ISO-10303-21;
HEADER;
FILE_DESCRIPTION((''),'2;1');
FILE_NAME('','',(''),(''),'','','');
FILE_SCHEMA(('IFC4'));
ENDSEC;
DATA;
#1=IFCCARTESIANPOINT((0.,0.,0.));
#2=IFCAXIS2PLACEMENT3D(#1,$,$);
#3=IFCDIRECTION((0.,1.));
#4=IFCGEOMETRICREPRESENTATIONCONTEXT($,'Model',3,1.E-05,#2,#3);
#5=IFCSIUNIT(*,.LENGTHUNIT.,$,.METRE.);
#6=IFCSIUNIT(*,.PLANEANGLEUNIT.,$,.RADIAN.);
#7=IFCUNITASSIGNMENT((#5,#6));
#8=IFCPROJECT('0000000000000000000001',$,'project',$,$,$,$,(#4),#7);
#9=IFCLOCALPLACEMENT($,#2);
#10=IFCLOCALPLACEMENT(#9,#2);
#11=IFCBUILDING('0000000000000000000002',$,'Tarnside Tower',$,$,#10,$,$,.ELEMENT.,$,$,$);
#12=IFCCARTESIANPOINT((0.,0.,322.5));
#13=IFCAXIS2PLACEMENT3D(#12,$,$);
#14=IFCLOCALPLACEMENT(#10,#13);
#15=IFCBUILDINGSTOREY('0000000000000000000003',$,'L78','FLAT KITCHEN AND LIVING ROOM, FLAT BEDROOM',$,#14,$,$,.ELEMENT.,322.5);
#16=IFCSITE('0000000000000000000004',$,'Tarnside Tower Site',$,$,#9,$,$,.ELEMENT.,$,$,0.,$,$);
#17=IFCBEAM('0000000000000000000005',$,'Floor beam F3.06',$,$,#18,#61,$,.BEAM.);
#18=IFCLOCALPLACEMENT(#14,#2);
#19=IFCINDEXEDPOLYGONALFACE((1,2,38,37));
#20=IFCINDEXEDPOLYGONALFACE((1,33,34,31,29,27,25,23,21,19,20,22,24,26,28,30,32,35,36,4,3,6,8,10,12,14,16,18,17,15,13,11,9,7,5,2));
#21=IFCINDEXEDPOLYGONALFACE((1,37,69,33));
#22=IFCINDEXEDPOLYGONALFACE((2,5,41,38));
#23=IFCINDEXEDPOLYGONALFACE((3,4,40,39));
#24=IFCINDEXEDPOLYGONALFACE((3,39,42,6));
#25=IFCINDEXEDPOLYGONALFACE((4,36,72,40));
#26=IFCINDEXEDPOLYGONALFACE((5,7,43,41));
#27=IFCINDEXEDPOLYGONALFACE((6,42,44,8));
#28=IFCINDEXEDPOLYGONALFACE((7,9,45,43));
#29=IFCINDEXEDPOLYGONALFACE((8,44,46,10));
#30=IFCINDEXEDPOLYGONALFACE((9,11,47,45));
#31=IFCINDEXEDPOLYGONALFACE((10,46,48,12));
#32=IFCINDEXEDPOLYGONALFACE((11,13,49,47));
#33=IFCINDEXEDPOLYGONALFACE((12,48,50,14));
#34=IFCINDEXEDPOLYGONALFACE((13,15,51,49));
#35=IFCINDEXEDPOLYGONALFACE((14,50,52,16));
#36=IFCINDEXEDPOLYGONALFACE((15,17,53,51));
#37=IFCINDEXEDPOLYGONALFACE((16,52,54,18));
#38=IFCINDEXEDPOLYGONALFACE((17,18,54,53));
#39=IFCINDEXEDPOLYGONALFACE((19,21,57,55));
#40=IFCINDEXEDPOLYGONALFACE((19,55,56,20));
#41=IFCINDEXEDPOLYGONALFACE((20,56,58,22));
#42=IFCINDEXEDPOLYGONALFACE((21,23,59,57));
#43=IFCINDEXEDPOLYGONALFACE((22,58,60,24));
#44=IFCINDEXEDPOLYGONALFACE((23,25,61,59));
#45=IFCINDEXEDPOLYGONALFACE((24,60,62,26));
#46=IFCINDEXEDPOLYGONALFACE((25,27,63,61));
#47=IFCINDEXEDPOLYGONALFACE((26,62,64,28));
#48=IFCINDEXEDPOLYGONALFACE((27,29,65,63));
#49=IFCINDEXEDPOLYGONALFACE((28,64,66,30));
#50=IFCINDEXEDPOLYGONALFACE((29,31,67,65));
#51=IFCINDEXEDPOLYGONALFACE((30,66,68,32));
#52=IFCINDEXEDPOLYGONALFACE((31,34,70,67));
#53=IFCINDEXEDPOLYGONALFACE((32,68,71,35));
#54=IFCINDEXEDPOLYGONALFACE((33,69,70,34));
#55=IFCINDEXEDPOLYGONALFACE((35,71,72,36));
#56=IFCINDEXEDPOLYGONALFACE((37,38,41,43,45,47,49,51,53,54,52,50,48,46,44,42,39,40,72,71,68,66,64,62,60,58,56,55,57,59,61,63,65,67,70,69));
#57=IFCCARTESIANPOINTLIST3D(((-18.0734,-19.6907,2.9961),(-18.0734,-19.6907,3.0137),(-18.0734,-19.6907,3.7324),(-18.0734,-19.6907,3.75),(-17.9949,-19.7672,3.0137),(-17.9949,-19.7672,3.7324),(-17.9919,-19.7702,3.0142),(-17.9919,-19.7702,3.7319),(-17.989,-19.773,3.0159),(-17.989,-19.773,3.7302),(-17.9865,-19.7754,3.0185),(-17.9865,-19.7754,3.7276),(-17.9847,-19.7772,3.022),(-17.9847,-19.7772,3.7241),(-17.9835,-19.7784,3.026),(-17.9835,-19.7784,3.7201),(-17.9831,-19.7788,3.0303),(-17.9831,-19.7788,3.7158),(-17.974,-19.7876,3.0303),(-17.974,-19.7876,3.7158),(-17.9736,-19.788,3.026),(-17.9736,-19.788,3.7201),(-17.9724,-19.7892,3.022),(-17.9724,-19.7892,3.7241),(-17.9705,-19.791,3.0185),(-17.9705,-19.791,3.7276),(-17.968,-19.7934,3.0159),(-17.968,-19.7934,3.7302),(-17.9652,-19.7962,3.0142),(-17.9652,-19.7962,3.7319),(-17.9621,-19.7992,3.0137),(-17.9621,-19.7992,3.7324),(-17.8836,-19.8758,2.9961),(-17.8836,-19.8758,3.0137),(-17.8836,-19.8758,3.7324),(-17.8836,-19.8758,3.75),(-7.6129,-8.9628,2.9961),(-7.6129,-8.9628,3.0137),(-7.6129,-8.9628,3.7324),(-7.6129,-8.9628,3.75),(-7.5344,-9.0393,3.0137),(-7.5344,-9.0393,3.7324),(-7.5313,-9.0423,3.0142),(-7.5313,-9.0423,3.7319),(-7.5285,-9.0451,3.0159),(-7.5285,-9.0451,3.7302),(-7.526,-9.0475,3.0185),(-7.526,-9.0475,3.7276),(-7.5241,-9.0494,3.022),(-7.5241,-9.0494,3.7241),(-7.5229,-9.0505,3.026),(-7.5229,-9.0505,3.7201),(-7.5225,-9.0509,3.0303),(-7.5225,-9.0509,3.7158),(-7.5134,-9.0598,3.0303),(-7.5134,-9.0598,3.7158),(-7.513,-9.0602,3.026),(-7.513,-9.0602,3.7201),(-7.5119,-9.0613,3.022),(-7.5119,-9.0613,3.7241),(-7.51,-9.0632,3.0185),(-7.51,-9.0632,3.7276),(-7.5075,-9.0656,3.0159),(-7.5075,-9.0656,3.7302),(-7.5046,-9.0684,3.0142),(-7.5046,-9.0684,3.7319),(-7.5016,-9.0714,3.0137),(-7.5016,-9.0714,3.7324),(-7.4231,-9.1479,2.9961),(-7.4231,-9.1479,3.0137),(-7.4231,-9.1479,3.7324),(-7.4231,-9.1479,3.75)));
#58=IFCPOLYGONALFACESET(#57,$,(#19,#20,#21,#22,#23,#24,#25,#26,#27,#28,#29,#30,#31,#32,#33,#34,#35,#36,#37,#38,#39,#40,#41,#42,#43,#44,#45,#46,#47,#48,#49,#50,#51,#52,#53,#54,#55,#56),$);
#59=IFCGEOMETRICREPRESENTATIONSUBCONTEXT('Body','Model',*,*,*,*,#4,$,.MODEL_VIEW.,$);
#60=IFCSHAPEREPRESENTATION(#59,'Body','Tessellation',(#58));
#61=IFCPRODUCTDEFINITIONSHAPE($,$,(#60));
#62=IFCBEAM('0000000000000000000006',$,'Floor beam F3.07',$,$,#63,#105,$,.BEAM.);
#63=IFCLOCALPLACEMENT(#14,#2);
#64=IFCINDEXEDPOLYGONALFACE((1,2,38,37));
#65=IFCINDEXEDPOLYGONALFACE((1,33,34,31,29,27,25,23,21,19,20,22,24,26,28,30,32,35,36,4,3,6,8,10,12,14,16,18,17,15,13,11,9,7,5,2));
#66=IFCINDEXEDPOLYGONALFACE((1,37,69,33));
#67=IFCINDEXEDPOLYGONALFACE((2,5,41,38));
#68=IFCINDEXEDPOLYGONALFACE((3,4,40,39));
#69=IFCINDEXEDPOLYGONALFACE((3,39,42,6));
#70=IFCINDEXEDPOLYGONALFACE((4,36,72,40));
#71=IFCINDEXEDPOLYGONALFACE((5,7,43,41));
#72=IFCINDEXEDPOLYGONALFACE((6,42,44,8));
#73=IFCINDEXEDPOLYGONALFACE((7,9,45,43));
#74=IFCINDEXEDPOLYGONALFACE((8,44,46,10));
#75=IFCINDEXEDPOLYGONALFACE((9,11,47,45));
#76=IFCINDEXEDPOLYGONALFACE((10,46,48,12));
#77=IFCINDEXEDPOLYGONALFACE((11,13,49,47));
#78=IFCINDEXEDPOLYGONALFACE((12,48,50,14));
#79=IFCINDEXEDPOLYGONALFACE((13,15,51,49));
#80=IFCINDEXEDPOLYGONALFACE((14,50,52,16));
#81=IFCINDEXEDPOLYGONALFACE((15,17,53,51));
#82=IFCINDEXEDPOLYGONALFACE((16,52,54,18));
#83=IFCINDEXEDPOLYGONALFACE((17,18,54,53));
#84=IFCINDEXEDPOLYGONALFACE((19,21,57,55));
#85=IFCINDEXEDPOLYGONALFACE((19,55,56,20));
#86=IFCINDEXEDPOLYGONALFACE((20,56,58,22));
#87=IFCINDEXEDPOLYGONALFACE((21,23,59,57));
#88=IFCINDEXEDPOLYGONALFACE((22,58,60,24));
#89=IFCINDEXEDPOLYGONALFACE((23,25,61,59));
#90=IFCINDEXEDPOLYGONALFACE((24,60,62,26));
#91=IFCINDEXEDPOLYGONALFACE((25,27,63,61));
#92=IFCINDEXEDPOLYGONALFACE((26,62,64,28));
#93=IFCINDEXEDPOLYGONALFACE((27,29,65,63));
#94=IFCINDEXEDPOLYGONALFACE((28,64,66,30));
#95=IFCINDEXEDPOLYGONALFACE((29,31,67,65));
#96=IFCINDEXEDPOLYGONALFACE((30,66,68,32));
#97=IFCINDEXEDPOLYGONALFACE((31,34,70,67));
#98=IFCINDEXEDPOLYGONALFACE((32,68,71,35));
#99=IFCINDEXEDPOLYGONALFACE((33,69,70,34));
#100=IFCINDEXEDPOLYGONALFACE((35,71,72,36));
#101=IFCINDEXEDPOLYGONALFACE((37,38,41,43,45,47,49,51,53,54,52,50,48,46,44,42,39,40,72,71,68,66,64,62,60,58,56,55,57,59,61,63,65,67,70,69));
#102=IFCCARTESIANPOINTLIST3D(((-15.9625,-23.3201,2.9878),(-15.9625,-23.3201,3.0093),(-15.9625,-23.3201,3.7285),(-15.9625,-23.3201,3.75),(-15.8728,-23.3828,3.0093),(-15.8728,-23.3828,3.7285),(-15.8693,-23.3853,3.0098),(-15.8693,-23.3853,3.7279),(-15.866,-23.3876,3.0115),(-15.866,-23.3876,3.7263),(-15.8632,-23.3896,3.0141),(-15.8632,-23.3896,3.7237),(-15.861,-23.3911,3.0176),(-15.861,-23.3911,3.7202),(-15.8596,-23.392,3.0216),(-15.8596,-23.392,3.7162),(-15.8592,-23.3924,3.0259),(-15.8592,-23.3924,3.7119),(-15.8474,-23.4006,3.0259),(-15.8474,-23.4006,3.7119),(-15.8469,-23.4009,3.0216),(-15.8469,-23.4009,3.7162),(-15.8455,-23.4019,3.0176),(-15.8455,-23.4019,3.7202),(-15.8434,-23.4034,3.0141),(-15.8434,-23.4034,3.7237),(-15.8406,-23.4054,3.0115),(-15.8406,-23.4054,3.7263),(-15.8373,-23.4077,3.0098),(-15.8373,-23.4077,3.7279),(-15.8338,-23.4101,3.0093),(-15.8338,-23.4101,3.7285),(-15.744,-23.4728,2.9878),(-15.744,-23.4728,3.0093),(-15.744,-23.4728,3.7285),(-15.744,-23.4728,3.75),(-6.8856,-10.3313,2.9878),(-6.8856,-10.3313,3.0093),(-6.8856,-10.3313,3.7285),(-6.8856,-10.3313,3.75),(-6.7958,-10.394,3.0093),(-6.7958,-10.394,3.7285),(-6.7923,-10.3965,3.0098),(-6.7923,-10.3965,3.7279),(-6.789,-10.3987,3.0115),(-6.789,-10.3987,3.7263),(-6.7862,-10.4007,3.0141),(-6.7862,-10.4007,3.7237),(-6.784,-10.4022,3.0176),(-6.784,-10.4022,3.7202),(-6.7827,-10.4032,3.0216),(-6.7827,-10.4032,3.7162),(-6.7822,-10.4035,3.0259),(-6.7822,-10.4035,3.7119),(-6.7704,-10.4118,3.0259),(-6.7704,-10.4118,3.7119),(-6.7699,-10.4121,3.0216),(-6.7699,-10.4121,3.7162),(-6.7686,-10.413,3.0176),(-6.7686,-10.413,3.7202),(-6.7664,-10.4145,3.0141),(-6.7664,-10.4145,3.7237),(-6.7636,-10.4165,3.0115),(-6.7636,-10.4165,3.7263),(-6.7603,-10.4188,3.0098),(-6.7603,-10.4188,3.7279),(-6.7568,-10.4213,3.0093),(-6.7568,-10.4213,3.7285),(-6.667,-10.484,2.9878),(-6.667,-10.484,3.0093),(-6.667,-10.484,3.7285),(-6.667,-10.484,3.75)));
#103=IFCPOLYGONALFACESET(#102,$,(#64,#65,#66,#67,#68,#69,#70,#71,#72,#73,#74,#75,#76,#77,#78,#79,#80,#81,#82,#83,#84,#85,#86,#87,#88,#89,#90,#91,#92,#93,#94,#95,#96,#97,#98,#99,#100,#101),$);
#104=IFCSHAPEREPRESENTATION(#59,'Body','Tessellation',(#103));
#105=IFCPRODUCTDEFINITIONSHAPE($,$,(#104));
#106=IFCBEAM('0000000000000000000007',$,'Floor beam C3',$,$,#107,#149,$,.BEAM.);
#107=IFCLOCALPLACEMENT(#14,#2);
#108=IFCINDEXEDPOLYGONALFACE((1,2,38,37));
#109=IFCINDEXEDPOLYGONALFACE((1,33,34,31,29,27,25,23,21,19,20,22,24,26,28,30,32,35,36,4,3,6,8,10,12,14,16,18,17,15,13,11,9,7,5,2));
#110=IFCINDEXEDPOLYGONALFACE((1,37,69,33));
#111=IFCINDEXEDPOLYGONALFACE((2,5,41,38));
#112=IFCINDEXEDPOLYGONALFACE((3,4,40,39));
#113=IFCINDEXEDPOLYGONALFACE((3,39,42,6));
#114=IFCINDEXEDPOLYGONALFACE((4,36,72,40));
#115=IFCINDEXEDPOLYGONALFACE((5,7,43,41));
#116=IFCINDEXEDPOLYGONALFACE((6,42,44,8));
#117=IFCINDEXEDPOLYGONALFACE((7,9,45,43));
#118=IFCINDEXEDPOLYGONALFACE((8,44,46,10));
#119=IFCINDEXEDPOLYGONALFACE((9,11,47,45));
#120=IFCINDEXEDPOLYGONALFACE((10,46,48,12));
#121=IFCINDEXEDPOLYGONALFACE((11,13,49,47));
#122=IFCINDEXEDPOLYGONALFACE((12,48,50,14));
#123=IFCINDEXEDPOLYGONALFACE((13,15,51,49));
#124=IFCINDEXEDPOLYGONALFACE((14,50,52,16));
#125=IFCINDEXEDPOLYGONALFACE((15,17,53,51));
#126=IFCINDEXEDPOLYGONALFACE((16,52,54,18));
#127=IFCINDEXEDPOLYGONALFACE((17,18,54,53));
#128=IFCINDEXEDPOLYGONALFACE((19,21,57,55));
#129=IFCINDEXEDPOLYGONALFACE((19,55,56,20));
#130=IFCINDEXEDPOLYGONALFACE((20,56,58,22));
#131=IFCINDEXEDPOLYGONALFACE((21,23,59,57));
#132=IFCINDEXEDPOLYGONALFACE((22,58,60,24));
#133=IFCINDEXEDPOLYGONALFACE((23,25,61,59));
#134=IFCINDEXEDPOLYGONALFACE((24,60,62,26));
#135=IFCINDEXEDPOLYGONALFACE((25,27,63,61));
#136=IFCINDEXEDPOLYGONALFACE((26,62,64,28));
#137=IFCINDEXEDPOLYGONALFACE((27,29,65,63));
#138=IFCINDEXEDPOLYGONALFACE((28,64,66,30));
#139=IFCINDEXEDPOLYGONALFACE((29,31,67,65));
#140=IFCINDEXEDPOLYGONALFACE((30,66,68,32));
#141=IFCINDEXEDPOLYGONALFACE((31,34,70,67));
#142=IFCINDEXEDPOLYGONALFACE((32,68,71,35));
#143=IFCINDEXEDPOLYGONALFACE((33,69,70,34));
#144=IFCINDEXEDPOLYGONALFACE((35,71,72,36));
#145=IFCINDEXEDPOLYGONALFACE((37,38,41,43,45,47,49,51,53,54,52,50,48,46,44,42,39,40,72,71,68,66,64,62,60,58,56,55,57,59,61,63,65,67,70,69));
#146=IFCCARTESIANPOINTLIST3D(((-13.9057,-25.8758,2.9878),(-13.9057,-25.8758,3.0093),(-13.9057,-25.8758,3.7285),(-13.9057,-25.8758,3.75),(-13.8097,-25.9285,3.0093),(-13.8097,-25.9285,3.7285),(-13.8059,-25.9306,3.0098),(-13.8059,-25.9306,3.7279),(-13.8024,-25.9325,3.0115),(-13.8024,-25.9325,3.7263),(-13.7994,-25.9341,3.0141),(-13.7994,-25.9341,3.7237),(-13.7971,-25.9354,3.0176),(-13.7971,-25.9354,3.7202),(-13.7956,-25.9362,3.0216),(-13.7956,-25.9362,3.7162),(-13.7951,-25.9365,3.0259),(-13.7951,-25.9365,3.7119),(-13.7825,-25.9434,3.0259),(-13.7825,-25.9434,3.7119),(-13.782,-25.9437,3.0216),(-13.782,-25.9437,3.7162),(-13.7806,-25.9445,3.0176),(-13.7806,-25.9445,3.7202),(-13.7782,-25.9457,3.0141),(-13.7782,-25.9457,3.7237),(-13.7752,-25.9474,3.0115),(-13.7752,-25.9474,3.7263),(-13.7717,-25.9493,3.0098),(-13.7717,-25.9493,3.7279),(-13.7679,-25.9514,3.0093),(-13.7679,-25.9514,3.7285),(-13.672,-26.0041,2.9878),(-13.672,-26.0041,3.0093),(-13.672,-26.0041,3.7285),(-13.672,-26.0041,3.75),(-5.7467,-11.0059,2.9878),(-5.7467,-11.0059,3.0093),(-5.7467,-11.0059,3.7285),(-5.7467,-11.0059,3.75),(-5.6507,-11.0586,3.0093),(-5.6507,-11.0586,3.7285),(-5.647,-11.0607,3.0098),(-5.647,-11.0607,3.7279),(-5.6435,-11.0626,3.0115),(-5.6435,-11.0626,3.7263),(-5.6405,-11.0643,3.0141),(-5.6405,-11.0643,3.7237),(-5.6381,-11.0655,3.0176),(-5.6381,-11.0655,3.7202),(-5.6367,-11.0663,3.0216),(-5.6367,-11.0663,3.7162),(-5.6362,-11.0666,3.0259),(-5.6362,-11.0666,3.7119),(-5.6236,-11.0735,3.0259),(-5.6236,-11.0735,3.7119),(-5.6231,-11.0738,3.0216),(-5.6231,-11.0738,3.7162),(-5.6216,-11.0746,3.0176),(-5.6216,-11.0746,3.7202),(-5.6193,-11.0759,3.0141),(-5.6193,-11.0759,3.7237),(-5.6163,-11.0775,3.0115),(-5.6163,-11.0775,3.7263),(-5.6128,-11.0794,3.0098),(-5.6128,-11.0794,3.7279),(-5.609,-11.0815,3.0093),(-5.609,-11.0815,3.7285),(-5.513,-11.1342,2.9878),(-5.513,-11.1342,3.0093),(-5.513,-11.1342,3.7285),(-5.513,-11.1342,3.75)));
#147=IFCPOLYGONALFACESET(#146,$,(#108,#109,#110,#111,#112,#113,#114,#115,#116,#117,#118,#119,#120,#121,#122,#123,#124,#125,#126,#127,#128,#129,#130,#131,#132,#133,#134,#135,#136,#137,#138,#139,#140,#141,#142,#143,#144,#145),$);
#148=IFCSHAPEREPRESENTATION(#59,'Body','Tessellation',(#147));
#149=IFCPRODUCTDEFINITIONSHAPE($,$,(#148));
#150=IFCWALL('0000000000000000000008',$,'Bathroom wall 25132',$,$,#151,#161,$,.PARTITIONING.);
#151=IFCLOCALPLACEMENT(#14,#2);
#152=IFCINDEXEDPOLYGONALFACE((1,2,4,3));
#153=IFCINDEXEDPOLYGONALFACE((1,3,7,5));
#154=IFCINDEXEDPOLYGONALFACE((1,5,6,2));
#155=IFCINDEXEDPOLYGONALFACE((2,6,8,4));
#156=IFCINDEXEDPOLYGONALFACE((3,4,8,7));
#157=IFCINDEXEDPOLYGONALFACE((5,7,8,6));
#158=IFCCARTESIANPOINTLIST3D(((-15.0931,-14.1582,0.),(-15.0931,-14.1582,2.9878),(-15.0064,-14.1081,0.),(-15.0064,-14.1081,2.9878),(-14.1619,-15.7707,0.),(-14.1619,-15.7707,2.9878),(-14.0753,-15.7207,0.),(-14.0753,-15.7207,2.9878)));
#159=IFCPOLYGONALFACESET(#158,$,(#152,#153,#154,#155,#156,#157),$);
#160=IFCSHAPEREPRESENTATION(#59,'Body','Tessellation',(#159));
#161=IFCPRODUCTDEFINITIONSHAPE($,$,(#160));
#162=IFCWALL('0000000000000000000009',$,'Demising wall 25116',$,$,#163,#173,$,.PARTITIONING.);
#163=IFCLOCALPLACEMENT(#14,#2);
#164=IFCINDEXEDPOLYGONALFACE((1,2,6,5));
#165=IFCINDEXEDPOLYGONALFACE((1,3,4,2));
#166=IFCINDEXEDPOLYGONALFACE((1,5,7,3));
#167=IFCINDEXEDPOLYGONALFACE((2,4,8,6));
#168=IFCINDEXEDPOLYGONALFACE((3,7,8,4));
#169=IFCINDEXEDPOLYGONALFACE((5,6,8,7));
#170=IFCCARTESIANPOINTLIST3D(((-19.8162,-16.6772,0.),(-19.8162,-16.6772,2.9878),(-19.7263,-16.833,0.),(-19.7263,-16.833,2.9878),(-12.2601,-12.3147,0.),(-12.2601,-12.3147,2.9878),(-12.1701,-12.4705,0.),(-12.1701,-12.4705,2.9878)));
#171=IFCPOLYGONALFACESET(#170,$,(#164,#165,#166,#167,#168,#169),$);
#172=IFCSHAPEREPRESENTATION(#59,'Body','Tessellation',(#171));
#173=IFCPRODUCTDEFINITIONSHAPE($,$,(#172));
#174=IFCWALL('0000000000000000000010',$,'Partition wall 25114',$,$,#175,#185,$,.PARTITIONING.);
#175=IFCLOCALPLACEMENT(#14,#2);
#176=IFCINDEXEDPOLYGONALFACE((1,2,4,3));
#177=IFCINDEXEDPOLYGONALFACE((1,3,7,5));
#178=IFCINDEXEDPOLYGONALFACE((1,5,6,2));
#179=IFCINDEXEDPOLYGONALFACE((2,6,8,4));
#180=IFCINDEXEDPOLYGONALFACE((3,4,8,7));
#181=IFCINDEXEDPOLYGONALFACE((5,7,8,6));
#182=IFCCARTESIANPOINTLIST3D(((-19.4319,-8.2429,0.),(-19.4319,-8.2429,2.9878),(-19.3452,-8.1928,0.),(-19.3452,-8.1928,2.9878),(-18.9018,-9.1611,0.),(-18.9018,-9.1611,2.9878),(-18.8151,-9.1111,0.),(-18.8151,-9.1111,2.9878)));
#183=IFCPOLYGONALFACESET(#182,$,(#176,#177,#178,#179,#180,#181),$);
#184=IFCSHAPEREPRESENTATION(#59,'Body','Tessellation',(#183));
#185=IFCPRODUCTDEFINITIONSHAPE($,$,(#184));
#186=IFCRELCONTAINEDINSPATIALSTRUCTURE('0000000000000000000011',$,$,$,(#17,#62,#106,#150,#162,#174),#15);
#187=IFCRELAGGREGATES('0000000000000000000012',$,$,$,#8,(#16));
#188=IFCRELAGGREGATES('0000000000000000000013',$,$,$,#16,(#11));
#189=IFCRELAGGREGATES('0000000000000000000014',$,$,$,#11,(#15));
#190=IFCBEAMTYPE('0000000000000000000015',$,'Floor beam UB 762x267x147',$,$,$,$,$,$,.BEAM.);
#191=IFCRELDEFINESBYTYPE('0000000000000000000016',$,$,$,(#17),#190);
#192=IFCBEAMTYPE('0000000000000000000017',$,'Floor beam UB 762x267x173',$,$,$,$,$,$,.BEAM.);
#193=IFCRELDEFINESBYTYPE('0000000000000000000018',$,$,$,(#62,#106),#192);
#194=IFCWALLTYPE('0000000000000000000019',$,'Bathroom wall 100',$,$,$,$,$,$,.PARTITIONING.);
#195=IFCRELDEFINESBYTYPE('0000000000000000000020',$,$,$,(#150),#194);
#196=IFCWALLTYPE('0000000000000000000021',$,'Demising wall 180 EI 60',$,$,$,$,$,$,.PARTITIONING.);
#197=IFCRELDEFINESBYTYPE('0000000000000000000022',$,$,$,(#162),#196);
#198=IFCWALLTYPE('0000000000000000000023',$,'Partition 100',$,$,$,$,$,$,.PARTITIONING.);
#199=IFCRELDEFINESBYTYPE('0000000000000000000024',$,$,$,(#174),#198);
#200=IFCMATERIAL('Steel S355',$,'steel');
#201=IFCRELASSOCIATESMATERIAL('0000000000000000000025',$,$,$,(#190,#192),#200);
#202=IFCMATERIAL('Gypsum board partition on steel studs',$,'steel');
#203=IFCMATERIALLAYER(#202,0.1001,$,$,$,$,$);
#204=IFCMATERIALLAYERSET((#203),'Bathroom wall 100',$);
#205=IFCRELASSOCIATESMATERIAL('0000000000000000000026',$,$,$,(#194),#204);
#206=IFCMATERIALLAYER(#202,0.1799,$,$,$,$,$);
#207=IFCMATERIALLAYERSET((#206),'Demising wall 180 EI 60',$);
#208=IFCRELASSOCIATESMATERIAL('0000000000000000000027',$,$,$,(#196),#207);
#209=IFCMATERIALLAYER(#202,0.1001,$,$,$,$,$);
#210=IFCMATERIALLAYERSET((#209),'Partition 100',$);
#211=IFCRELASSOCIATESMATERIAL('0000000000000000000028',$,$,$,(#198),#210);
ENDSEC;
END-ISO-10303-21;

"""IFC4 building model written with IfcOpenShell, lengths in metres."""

from ifc_helpers import new_model, si_unit, direction, frame, frame_2d, origin, origin_2d, place, context, subcontext, project, spatial, rectangle, i_section, extrude, material, layer, layer_set, material_profile, profile_set, type_object, element, save


model = new_model("IFC4")

# Units and contexts
model_context = context("Model", 3, precision=1e-05, world=origin(), true_north=direction((0.0, 1.0)))
body_context = subcontext(model_context, "Body", "Model", "MODEL_VIEW")
ifc_project = project(units=[si_unit("LENGTHUNIT", "METRE"), si_unit("PLANEANGLEUNIT", "RADIAN")], contexts=[model_context])

# Site, building, storey
site_placement = place(None, origin())
site = spatial("IfcSite", under=ifc_project, at=site_placement, Name="Tarnside Tower Site", CompositionType="ELEMENT", RefElevation=0.0)
building_placement = place(site_placement, origin())
building = spatial("IfcBuilding", under=site, at=building_placement, Name="Tarnside Tower", CompositionType="ELEMENT")
storey_placement = place(building_placement, frame((0.0, 0.0, 322.5)))
storey = spatial("IfcBuildingStorey", under=building, at=storey_placement, Name="L78", Description="FLAT KITCHEN AND LIVING ROOM, FLAT BEDROOM", CompositionType="ELEMENT", Elevation=322.5)

# Beams
ifc_material_1 = material(Name="Steel S355", Category="steel")
ifc_material_profile_1 = material_profile(ifc_material_1, i_section(OverallWidth=0.2651, OverallDepth=0.7539, WebThickness=0.0127, FlangeThickness=0.0176, FilletRadius=0.0166, at=origin_2d()), Name="UB 762x267x147")
ifc_profile_set_1 = profile_set([ifc_material_profile_1], Name="Steel S355")
beam_type_1 = type_object("IfcBeamType", Name="Floor beam UB 762x267x147", PredefinedType="BEAM", material=ifc_profile_set_1)
beam_1_placement = place(storey_placement, frame((-17.9785, -19.7832, 3.373), z_axis=(0.69813, 0.715971, 0.0), x_axis=(-0.715971, 0.69813, 0.0)))
element("IfcBeam", 1, at=beam_1_placement, inside=storey, type_object=beam_type_1, Name="Floor beam F3.06", PredefinedType="BEAM", context=body_context, shape_type="SweptSolid", body=[
    extrude(i_section(OverallWidth=0.2651, OverallDepth=0.7539, WebThickness=0.0127, FlangeThickness=0.0176, FilletRadius=0.0166, at=origin_2d()), origin(), (0.0, 0.0, 1.0), 14.9836),
])
ifc_material_profile_2 = material_profile(ifc_material_1, i_section(OverallWidth=0.2666, OverallDepth=0.7622, WebThickness=0.0144, FlangeThickness=0.0215, FilletRadius=0.0166, at=origin_2d()), Name="UB 762x267x173")
ifc_profile_set_2 = profile_set([ifc_material_profile_2], Name="Steel S355")
beam_type_2 = type_object("IfcBeamType", Name="Floor beam UB 762x267x173", PredefinedType="BEAM", material=ifc_profile_set_2)
beam_2_placement = place(storey_placement, frame((-15.8533, -23.3965, 3.3689), z_axis=(0.572817, 0.819683, 0.0), x_axis=(-0.819683, 0.572817, 0.0)))
element("IfcBeam", 2, at=beam_2_placement, inside=storey, type_object=beam_type_2, Name="Floor beam F3.07", PredefinedType="BEAM", context=body_context, shape_type="SweptSolid", body=[
    extrude(i_section(OverallWidth=0.2666, OverallDepth=0.7622, WebThickness=0.0144, FlangeThickness=0.0215, FilletRadius=0.0166, at=origin_2d()), origin(), (0.0, 0.0, 1.0), 15.8462),
])
beam_3_placement = place(storey_placement, frame((-13.7888, -25.9399, 3.3689), z_axis=(0.481036, 0.876701, 0.0), x_axis=(-0.876701, 0.481036, 0.0)))
element("IfcBeam", 3, at=beam_3_placement, inside=storey, type_object=beam_type_2, Name="Floor beam C3", PredefinedType="BEAM", context=body_context, shape_type="SweptSolid", body=[
    extrude(i_section(OverallWidth=0.2666, OverallDepth=0.7622, WebThickness=0.0144, FlangeThickness=0.0215, FilletRadius=0.0166, at=origin_2d()), origin(), (0.0, 0.0, 1.0), 16.9612),
])

# Walls
ifc_material_2 = material(Name="Gypsum board partition on steel studs", Category="steel")
ifc_layer_1 = layer(ifc_material_2, 0.1001)
ifc_layer_set_1 = layer_set([ifc_layer_1], Name="Bathroom wall 100")
wall_type_1 = type_object("IfcWallType", Name="Bathroom wall 100", PredefinedType="PARTITIONING", material=ifc_layer_set_1)
wall_1_placement = place(storey_placement, frame((-15.0498, -14.1331, 0.0), z_axis=(0.0, 0.0, 1.0), x_axis=(0.500059, -0.865991, 0.0)))
element("IfcWall", 4, at=wall_1_placement, inside=storey, type_object=wall_type_1, Name="Bathroom wall 25132", PredefinedType="PARTITIONING", context=body_context, shape_type="SweptSolid", body=[
    extrude(rectangle(XDim=1.8621, YDim=0.1001, at=frame_2d((0.9312, 0.0))), origin(), (0.0, 0.0, 1.0), 2.9878),
])
ifc_layer_2 = layer(ifc_material_2, 0.1799)
ifc_layer_set_2 = layer_set([ifc_layer_2], Name="Demising wall 180 EI 60")
wall_type_2 = type_object("IfcWallType", Name="Demising wall 180 EI 60", PredefinedType="PARTITIONING", material=ifc_layer_set_2)
wall_2_placement = place(storey_placement, frame((-19.7712, -16.7551, 0.0), z_axis=(0.0, 0.0, 1.0), x_axis=(0.866025, 0.5, 0.0)))
element("IfcWall", 5, at=wall_2_placement, inside=storey, type_object=wall_type_2, Name="Demising wall 25116", PredefinedType="PARTITIONING", context=body_context, shape_type="SweptSolid", body=[
    extrude(rectangle(XDim=8.7251, YDim=0.1799, at=frame_2d((4.3625, 0.0))), origin(), (0.0, 0.0, 1.0), 2.9878),
])
ifc_layer_3 = layer(ifc_material_2, 0.1001)
ifc_layer_set_3 = layer_set([ifc_layer_3], Name="Partition 100")
wall_type_3 = type_object("IfcWallType", Name="Partition 100", PredefinedType="PARTITIONING", material=ifc_layer_set_3)
wall_3_placement = place(storey_placement, frame((-18.8584, -9.1362, 0.0), z_axis=(0.0, 0.0, 1.0), x_axis=(-0.499928, 0.866067, 0.0)))
element("IfcWall", 6, at=wall_3_placement, inside=storey, type_object=wall_type_3, Name="Partition wall 25114", PredefinedType="PARTITIONING", context=body_context, shape_type="SweptSolid", body=[
    extrude(rectangle(XDim=1.0603, YDim=0.1001, at=frame_2d((0.5303, 0.0))), origin(), (0.0, 0.0, 1.0), 2.9878),
])

save(model, "model.ifc")
